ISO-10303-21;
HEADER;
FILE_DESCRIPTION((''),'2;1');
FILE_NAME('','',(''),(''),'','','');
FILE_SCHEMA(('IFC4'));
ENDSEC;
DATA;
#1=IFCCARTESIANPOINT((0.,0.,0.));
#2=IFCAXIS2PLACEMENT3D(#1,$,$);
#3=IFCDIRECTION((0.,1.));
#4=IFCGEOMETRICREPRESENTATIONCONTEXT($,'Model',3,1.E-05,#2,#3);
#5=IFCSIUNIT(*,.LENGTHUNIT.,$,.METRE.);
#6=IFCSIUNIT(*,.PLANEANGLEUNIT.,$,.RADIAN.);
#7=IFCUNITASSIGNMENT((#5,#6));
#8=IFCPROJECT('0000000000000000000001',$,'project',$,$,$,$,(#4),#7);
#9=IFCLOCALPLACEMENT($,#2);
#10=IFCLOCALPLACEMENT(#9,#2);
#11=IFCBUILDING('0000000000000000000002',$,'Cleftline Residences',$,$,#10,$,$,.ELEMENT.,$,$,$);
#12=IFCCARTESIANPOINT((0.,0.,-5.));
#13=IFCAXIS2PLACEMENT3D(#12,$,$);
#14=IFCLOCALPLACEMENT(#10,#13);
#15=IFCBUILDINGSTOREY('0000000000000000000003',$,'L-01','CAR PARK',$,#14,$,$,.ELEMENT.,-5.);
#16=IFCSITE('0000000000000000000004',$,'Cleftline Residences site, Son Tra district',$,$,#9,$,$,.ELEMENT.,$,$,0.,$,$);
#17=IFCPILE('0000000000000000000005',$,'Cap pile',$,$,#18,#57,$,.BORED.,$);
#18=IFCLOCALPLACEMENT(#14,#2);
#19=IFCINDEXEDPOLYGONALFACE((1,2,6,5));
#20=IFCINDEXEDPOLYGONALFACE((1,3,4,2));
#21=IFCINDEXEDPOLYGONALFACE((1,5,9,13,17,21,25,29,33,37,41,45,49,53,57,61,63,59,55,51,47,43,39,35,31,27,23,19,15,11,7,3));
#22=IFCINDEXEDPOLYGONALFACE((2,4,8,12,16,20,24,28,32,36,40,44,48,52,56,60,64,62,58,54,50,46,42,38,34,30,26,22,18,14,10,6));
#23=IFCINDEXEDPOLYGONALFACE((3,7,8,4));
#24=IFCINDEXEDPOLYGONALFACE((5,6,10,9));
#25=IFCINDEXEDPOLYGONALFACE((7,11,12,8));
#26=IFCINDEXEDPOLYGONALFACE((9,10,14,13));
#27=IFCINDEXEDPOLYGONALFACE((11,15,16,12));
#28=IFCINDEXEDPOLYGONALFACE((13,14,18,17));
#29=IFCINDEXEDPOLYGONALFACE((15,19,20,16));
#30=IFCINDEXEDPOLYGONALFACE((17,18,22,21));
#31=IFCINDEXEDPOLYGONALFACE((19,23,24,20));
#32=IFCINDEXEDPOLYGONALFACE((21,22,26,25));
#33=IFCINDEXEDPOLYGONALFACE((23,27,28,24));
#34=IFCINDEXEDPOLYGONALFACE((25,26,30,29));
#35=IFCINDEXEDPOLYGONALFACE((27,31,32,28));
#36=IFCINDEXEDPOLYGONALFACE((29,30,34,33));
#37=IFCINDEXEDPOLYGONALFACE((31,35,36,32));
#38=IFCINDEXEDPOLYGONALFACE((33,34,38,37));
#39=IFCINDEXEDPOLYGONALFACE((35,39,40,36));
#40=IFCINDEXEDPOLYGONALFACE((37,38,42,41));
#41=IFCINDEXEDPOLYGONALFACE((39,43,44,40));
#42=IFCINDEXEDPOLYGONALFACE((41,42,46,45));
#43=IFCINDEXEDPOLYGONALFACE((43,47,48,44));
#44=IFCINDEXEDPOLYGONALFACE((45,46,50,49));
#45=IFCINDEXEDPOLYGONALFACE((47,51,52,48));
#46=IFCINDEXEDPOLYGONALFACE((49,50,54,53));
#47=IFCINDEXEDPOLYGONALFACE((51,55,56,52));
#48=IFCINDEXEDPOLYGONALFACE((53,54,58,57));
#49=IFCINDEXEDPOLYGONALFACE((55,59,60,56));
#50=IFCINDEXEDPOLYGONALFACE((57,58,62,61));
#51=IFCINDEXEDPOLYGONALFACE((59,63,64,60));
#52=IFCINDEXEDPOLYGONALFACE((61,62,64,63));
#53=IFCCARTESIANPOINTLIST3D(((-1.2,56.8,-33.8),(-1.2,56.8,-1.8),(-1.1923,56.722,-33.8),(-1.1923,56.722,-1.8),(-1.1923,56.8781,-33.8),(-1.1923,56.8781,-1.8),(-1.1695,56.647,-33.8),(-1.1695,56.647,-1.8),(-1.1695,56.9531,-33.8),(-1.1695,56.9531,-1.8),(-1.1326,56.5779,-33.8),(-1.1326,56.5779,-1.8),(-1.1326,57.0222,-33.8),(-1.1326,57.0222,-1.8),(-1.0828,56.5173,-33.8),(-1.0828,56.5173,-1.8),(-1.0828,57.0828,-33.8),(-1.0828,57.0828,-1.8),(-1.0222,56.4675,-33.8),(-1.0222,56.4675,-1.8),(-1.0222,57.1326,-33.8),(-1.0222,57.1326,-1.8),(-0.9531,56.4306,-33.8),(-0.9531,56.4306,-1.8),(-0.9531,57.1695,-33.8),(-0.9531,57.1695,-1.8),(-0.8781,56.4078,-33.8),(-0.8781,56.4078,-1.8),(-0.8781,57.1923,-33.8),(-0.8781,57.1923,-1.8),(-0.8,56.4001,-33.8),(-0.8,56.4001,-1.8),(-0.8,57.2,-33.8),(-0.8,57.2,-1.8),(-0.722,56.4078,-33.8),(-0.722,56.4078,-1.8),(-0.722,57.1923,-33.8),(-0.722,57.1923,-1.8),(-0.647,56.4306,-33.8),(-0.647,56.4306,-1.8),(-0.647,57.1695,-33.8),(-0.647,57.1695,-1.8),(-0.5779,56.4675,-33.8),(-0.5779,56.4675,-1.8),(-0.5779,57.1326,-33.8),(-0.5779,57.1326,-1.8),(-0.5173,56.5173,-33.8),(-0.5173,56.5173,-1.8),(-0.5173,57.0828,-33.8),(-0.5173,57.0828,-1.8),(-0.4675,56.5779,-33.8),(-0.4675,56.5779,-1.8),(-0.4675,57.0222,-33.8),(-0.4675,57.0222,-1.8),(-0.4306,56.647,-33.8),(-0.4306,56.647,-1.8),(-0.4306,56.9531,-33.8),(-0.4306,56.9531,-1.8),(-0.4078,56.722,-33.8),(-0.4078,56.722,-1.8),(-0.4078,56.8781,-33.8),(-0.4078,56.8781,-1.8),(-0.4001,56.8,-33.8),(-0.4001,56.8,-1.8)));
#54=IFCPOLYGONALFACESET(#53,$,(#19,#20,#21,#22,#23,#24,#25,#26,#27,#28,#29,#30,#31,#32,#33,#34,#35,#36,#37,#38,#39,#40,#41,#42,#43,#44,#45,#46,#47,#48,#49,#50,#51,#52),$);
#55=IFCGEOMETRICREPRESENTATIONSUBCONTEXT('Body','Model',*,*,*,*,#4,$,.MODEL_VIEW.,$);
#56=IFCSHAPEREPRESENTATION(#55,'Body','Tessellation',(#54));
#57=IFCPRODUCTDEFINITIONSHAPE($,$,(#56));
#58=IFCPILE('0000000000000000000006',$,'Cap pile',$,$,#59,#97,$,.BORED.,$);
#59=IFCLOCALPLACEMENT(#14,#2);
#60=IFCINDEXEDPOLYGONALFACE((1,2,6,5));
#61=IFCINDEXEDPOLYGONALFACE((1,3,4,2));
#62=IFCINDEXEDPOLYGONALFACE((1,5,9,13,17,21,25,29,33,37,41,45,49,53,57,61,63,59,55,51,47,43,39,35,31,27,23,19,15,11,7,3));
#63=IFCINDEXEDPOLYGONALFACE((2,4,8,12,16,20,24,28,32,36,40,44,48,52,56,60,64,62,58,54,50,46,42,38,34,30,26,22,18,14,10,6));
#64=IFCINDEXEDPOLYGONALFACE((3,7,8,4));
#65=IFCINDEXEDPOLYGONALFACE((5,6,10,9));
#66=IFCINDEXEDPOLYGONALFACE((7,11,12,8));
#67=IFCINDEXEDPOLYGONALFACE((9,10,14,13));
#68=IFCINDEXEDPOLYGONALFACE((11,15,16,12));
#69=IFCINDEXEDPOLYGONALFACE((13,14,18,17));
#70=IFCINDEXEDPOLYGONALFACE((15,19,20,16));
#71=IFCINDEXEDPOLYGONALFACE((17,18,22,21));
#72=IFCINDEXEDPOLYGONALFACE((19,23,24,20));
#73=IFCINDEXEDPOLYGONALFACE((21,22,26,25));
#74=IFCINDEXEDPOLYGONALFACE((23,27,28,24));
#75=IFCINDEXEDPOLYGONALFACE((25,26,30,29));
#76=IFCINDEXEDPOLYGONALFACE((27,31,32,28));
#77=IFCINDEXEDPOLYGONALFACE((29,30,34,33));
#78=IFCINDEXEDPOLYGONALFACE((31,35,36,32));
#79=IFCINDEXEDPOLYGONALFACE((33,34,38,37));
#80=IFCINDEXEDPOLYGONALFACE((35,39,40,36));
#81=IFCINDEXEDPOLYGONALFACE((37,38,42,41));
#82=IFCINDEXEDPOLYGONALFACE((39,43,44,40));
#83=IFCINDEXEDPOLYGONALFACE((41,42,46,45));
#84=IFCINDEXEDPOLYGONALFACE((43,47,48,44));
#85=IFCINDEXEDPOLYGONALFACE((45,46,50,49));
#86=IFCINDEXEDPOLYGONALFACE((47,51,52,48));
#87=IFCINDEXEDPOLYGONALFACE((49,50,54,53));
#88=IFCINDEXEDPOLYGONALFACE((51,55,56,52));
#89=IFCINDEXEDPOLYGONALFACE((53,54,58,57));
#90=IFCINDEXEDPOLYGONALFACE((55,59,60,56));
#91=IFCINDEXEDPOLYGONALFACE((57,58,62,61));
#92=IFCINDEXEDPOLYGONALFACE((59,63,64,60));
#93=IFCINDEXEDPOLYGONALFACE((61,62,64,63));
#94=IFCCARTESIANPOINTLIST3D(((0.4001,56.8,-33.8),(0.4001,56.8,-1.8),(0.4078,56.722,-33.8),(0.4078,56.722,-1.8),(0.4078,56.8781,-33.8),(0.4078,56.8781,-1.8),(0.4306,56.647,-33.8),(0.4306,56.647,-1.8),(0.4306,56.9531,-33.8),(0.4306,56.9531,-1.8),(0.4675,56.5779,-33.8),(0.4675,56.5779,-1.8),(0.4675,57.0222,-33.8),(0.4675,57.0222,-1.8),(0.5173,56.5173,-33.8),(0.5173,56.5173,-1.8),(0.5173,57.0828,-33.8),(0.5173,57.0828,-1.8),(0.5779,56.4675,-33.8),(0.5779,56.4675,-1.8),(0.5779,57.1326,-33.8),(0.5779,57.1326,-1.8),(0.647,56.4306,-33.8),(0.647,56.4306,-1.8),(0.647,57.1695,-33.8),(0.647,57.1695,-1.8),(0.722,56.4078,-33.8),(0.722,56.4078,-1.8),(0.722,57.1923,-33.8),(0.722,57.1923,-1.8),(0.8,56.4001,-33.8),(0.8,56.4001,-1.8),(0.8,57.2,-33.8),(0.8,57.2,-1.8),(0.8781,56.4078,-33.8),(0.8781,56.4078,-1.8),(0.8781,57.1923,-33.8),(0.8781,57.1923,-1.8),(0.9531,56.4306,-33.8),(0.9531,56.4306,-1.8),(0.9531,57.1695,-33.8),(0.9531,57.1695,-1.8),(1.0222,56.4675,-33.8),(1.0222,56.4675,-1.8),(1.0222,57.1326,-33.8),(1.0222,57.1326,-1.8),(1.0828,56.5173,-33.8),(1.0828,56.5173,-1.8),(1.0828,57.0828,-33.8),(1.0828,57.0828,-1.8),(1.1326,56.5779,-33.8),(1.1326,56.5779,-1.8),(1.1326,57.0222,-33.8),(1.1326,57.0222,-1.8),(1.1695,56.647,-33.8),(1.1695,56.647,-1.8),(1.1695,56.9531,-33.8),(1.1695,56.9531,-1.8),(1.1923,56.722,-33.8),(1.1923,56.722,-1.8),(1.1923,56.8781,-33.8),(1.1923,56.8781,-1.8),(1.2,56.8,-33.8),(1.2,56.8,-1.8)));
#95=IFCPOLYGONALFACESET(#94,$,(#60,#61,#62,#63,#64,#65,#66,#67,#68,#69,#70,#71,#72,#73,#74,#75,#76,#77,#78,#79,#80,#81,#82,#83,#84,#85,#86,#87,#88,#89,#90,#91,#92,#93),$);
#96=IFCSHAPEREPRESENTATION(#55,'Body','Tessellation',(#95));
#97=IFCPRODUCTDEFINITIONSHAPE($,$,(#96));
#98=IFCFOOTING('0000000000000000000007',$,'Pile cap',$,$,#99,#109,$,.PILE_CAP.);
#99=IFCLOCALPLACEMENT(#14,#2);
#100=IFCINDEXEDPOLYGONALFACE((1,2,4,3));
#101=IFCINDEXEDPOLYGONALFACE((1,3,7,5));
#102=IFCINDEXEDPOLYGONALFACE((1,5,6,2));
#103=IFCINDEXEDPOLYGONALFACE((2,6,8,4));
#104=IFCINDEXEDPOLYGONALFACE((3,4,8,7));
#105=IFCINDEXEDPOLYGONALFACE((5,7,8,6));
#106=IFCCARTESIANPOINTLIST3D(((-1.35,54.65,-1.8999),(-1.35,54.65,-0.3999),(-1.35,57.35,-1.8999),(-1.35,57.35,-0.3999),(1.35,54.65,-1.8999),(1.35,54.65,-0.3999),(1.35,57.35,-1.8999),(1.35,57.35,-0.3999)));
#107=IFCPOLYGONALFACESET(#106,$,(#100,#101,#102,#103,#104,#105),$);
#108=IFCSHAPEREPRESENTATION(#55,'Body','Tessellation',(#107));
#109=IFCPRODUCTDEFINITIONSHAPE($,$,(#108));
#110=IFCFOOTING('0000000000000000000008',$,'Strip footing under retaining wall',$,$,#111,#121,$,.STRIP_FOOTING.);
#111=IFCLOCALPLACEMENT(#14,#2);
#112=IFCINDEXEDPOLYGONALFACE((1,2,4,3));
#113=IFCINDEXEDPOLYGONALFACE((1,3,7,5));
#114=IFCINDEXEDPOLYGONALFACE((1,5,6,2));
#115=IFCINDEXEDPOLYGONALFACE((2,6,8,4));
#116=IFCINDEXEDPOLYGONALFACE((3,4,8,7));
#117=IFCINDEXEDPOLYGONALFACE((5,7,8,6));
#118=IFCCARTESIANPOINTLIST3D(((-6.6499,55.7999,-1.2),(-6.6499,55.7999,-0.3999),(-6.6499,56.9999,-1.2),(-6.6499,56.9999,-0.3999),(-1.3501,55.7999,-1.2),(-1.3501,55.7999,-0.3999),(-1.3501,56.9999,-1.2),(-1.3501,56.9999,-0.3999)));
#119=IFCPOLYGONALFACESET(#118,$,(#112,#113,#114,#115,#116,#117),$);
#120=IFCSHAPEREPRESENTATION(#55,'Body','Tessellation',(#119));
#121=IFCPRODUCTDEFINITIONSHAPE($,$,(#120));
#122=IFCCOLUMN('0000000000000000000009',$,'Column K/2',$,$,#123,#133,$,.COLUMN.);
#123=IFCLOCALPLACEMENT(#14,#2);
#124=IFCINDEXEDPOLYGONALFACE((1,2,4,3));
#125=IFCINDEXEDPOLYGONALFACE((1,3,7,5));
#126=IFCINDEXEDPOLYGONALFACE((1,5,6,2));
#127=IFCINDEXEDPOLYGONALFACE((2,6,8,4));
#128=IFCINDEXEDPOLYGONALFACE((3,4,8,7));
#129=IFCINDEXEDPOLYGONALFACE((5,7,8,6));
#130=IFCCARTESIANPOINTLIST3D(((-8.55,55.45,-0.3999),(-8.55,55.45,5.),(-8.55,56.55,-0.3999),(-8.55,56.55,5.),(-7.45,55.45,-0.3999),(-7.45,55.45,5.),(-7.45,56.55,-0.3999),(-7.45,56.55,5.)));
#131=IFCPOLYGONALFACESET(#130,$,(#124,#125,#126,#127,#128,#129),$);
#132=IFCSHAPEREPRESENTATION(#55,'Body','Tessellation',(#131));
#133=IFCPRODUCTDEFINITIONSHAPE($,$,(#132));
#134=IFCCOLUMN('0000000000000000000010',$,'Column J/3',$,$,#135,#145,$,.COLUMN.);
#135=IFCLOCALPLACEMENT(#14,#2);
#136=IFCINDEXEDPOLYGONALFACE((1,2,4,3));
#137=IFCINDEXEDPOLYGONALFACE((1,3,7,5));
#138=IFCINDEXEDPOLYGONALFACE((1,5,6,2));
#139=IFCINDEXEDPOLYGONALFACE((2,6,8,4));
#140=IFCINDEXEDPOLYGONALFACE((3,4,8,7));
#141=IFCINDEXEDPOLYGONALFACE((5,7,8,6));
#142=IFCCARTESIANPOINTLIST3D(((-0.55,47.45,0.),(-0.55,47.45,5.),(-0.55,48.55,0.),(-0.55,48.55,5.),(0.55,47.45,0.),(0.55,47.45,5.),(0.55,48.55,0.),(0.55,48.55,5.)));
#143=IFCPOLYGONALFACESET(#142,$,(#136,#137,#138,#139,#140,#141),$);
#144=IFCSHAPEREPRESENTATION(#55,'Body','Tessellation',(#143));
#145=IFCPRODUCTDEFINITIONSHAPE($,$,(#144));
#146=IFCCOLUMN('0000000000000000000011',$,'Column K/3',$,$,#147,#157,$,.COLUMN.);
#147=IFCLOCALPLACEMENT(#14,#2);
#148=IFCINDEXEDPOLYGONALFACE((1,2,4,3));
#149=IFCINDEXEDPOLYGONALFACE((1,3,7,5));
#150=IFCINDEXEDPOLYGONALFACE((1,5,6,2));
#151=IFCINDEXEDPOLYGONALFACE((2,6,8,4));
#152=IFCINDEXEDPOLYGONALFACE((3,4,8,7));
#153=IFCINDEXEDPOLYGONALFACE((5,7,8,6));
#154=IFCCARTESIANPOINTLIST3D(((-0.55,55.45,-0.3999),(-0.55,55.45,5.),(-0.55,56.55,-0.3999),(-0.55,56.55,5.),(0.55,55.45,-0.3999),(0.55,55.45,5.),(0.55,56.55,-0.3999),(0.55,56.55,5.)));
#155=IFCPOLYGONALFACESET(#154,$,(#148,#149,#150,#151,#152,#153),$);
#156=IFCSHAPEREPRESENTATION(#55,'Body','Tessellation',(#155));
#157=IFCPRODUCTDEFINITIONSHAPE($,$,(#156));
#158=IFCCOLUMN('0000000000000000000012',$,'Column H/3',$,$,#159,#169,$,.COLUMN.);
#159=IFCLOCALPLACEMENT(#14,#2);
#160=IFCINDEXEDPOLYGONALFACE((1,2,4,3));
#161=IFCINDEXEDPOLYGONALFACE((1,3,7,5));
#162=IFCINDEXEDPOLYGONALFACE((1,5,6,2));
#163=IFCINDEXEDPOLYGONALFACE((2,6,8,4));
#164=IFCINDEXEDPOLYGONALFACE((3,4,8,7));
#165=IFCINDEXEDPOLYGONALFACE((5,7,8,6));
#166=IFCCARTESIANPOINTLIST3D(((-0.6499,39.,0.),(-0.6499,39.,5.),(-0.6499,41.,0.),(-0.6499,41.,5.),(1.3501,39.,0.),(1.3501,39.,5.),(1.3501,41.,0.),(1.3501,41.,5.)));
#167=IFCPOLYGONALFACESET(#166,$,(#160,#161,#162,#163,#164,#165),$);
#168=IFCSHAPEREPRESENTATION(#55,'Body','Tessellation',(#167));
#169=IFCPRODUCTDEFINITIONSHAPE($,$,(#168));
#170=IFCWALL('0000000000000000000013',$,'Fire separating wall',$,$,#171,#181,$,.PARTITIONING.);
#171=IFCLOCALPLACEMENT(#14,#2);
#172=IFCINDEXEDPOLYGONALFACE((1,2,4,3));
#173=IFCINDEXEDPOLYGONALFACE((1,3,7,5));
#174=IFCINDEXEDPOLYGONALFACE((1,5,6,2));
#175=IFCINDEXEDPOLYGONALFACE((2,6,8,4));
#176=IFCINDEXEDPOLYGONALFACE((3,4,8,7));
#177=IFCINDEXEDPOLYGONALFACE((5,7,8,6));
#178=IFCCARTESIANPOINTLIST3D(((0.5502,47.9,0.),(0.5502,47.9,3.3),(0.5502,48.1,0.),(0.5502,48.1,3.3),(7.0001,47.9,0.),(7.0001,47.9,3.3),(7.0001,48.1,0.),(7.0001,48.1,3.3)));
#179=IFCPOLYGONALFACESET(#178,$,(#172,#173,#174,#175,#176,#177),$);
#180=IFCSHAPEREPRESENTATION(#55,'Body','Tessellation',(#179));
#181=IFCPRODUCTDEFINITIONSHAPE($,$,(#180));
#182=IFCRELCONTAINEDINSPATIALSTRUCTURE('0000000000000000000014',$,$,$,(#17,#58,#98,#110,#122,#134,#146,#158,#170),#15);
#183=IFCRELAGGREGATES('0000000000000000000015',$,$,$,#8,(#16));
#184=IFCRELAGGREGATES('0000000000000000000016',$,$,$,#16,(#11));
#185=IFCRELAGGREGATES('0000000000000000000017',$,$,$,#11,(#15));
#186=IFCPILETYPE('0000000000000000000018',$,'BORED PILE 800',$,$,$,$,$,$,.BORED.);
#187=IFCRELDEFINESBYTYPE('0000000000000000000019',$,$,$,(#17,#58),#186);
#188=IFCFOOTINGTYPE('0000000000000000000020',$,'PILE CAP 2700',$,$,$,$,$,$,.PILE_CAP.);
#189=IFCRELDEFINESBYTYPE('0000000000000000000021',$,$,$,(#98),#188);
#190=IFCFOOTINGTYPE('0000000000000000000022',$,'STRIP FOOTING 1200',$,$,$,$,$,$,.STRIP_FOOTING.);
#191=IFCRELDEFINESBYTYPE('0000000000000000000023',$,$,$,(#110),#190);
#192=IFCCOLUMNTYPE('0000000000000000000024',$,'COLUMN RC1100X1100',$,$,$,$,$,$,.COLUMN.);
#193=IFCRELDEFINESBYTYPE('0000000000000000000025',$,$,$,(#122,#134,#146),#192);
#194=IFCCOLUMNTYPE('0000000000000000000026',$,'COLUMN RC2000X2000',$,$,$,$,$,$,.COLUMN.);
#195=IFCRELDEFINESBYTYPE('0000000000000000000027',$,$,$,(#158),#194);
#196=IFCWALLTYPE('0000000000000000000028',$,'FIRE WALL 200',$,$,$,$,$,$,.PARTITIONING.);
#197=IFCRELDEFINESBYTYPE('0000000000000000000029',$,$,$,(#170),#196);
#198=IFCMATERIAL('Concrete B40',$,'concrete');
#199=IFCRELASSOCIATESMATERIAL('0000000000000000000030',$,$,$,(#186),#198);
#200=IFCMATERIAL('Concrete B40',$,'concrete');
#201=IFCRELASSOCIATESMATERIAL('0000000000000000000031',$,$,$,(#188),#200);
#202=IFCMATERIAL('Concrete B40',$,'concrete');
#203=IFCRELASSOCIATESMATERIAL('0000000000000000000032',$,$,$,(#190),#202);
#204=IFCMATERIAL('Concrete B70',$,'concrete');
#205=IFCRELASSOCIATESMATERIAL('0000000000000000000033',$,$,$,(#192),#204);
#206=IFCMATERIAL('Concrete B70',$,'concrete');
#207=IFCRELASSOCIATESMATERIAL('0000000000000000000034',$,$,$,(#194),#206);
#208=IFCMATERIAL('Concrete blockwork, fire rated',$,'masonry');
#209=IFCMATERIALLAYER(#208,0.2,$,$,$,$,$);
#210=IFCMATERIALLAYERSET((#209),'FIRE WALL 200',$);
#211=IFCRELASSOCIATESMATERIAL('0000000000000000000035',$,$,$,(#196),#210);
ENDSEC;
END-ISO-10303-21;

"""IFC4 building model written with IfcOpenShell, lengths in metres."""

from ifc_helpers import new_model, si_unit, direction, frame, frame_2d, origin, origin_2d, place, context, subcontext, project, spatial, rectangle, circle, extrude, material, layer, layer_set, material_profile, profile_set, type_object, element, save


model = new_model("IFC4")

# Units and contexts
model_context = context("Model", 3, precision=1e-05, world=origin(), true_north=direction((0.0, 1.0)))
body_context = subcontext(model_context, "Body", "Model", "MODEL_VIEW")
ifc_project = project(units=[si_unit("LENGTHUNIT", "METRE"), si_unit("PLANEANGLEUNIT", "RADIAN")], contexts=[model_context])

# Site, building, storey
site_placement = place(None, origin())
site = spatial("IfcSite", under=ifc_project, at=site_placement, Name="Cleftline Residences site, Son Tra district", CompositionType="ELEMENT", RefElevation=0.0)
building_placement = place(site_placement, origin())
building = spatial("IfcBuilding", under=site, at=building_placement, Name="Cleftline Residences", CompositionType="ELEMENT")
storey_placement = place(building_placement, frame((0.0, 0.0, -5.0)))
storey = spatial("IfcBuildingStorey", under=building, at=storey_placement, Name="L-01", Description="CAR PARK", CompositionType="ELEMENT", Elevation=-5.0)

# Piles
ifc_material_1 = material(Name="Concrete B40", Category="concrete")
ifc_material_profile_1 = material_profile(ifc_material_1, circle(Radius=0.3999, at=origin_2d()))
ifc_profile_set_1 = profile_set([ifc_material_profile_1], Name="Concrete B40")
pile_type_1 = type_object("IfcPileType", Name="BORED PILE 800", PredefinedType="BORED", material=ifc_profile_set_1)
for number, where, z_axis, x_axis, name in (
    (1, (-0.8, 56.8, -1.8), (0.0, 0.0, -1.0), (1.0, 0.0, 0.0), "Cap pile"),
    (2, (0.8, 56.8, -1.8), (0.0, 0.0, -1.0), (1.0, 0.0, 0.0), "Cap pile"),
):
    element("IfcPile", number, at=place(storey_placement, frame(where, z_axis=z_axis, x_axis=x_axis)), inside=storey, type_object=pile_type_1, Name=name, PredefinedType="BORED", context=body_context, shape_type="SweptSolid", body=[
        extrude(circle(Radius=0.3999, at=origin_2d()), origin(), (0.0, 0.0, 1.0), 32.0),
    ])

# Footings
ifc_material_2 = material(Name="Concrete B40", Category="concrete")
footing_type_1 = type_object("IfcFootingType", Name="PILE CAP 2700", PredefinedType="PILE_CAP", material=ifc_material_2)
footing_1_placement = place(storey_placement, frame((0.0, 56.0, -1.8999), z_axis=(0.0, 0.0, 1.0), x_axis=(1.0, 0.0, 0.0)))
element("IfcFooting", 3, at=footing_1_placement, inside=storey, type_object=footing_type_1, Name="Pile cap", PredefinedType="PILE_CAP", context=body_context, shape_type="SweptSolid", body=[
    extrude(rectangle(XDim=2.7, YDim=2.7, at=origin_2d()), origin(), (0.0, 0.0, 1.0), 1.5),
])
ifc_material_3 = material(Name="Concrete B40", Category="concrete")
footing_type_2 = type_object("IfcFootingType", Name="STRIP FOOTING 1200", PredefinedType="STRIP_FOOTING", material=ifc_material_3)
footing_2_placement = place(storey_placement, frame((-6.6499, 56.3999, -1.2), z_axis=(0.0, 0.0, 1.0), x_axis=(1.0, 0.0, 0.0)))
element("IfcFooting", 4, at=footing_2_placement, inside=storey, type_object=footing_type_2, Name="Strip footing under retaining wall", PredefinedType="STRIP_FOOTING", context=body_context, shape_type="SweptSolid", body=[
    extrude(rectangle(XDim=5.2998, YDim=1.2, at=frame_2d((2.6499, 0.0))), origin(), (0.0, 0.0, 1.0), 0.8),
])

# Columns
ifc_material_4 = material(Name="Concrete B70", Category="concrete")
ifc_material_profile_2 = material_profile(ifc_material_4, rectangle(XDim=1.1001, YDim=1.1001, at=origin_2d()))
ifc_profile_set_2 = profile_set([ifc_material_profile_2], Name="Concrete B70")
column_type_1 = type_object("IfcColumnType", Name="COLUMN RC1100X1100", PredefinedType="COLUMN", material=ifc_profile_set_2)
column_1_placement = place(storey_placement, frame((-8.0, 56.0, -0.3999), z_axis=(0.0, 0.0, 1.0), x_axis=(1.0, 0.0, 0.0)))
element("IfcColumn", 5, at=column_1_placement, inside=storey, type_object=column_type_1, Name="Column K/2", PredefinedType="COLUMN", context=body_context, shape_type="SweptSolid", body=[
    extrude(rectangle(XDim=1.1001, YDim=1.1001, at=origin_2d()), origin(), (0.0, 0.0, 1.0), 5.3999),
])
column_2_placement = place(storey_placement, frame((0.0, 48.0, 0.0), z_axis=(0.0, 0.0, 1.0), x_axis=(1.0, 0.0, 0.0)))
element("IfcColumn", 6, at=column_2_placement, inside=storey, type_object=column_type_1, Name="Column J/3", PredefinedType="COLUMN", context=body_context, shape_type="SweptSolid", body=[
    extrude(rectangle(XDim=1.1001, YDim=1.1001, at=origin_2d()), origin(), (0.0, 0.0, 1.0), 5.0),
])
column_3_placement = place(storey_placement, frame((0.0, 56.0, -0.3999), z_axis=(0.0, 0.0, 1.0), x_axis=(1.0, 0.0, 0.0)))
element("IfcColumn", 7, at=column_3_placement, inside=storey, type_object=column_type_1, Name="Column K/3", PredefinedType="COLUMN", context=body_context, shape_type="SweptSolid", body=[
    extrude(rectangle(XDim=1.1001, YDim=1.1001, at=origin_2d()), origin(), (0.0, 0.0, 1.0), 5.3999),
])
ifc_material_5 = material(Name="Concrete B70", Category="concrete")
ifc_material_profile_3 = material_profile(ifc_material_5, rectangle(XDim=2.0, YDim=2.0, at=origin_2d()))
ifc_profile_set_3 = profile_set([ifc_material_profile_3], Name="Concrete B70")
column_type_2 = type_object("IfcColumnType", Name="COLUMN RC2000X2000", PredefinedType="COLUMN", material=ifc_profile_set_3)
column_4_placement = place(storey_placement, frame((0.3501, 40.0, 0.0), z_axis=(0.0, 0.0, 1.0), x_axis=(1.0, 0.0, 0.0)))
element("IfcColumn", 8, at=column_4_placement, inside=storey, type_object=column_type_2, Name="Column H/3", PredefinedType="COLUMN", context=body_context, shape_type="SweptSolid", body=[
    extrude(rectangle(XDim=2.0, YDim=2.0, at=origin_2d()), origin(), (0.0, 0.0, 1.0), 5.0),
])

# Wall
ifc_material_6 = material(Name="Concrete blockwork, fire rated", Category="masonry")
ifc_layer_1 = layer(ifc_material_6, 0.2)
ifc_layer_set_1 = layer_set([ifc_layer_1], Name="FIRE WALL 200")
wall_type_1 = type_object("IfcWallType", Name="FIRE WALL 200", PredefinedType="PARTITIONING", material=ifc_layer_set_1)
wall_1_placement = place(storey_placement, frame((0.55, 48.0, 0.0), z_axis=(0.0, 0.0, 1.0), x_axis=(1.0, 0.0, 0.0)))
element("IfcWall", 9, at=wall_1_placement, inside=storey, type_object=wall_type_1, Name="Fire separating wall", PredefinedType="PARTITIONING", context=body_context, shape_type="SweptSolid", body=[
    extrude(rectangle(XDim=6.45, YDim=0.2, at=frame_2d((3.2251, 0.0))), origin(), (0.0, 0.0, 1.0), 3.3),
])

save(model, "model.ifc")
